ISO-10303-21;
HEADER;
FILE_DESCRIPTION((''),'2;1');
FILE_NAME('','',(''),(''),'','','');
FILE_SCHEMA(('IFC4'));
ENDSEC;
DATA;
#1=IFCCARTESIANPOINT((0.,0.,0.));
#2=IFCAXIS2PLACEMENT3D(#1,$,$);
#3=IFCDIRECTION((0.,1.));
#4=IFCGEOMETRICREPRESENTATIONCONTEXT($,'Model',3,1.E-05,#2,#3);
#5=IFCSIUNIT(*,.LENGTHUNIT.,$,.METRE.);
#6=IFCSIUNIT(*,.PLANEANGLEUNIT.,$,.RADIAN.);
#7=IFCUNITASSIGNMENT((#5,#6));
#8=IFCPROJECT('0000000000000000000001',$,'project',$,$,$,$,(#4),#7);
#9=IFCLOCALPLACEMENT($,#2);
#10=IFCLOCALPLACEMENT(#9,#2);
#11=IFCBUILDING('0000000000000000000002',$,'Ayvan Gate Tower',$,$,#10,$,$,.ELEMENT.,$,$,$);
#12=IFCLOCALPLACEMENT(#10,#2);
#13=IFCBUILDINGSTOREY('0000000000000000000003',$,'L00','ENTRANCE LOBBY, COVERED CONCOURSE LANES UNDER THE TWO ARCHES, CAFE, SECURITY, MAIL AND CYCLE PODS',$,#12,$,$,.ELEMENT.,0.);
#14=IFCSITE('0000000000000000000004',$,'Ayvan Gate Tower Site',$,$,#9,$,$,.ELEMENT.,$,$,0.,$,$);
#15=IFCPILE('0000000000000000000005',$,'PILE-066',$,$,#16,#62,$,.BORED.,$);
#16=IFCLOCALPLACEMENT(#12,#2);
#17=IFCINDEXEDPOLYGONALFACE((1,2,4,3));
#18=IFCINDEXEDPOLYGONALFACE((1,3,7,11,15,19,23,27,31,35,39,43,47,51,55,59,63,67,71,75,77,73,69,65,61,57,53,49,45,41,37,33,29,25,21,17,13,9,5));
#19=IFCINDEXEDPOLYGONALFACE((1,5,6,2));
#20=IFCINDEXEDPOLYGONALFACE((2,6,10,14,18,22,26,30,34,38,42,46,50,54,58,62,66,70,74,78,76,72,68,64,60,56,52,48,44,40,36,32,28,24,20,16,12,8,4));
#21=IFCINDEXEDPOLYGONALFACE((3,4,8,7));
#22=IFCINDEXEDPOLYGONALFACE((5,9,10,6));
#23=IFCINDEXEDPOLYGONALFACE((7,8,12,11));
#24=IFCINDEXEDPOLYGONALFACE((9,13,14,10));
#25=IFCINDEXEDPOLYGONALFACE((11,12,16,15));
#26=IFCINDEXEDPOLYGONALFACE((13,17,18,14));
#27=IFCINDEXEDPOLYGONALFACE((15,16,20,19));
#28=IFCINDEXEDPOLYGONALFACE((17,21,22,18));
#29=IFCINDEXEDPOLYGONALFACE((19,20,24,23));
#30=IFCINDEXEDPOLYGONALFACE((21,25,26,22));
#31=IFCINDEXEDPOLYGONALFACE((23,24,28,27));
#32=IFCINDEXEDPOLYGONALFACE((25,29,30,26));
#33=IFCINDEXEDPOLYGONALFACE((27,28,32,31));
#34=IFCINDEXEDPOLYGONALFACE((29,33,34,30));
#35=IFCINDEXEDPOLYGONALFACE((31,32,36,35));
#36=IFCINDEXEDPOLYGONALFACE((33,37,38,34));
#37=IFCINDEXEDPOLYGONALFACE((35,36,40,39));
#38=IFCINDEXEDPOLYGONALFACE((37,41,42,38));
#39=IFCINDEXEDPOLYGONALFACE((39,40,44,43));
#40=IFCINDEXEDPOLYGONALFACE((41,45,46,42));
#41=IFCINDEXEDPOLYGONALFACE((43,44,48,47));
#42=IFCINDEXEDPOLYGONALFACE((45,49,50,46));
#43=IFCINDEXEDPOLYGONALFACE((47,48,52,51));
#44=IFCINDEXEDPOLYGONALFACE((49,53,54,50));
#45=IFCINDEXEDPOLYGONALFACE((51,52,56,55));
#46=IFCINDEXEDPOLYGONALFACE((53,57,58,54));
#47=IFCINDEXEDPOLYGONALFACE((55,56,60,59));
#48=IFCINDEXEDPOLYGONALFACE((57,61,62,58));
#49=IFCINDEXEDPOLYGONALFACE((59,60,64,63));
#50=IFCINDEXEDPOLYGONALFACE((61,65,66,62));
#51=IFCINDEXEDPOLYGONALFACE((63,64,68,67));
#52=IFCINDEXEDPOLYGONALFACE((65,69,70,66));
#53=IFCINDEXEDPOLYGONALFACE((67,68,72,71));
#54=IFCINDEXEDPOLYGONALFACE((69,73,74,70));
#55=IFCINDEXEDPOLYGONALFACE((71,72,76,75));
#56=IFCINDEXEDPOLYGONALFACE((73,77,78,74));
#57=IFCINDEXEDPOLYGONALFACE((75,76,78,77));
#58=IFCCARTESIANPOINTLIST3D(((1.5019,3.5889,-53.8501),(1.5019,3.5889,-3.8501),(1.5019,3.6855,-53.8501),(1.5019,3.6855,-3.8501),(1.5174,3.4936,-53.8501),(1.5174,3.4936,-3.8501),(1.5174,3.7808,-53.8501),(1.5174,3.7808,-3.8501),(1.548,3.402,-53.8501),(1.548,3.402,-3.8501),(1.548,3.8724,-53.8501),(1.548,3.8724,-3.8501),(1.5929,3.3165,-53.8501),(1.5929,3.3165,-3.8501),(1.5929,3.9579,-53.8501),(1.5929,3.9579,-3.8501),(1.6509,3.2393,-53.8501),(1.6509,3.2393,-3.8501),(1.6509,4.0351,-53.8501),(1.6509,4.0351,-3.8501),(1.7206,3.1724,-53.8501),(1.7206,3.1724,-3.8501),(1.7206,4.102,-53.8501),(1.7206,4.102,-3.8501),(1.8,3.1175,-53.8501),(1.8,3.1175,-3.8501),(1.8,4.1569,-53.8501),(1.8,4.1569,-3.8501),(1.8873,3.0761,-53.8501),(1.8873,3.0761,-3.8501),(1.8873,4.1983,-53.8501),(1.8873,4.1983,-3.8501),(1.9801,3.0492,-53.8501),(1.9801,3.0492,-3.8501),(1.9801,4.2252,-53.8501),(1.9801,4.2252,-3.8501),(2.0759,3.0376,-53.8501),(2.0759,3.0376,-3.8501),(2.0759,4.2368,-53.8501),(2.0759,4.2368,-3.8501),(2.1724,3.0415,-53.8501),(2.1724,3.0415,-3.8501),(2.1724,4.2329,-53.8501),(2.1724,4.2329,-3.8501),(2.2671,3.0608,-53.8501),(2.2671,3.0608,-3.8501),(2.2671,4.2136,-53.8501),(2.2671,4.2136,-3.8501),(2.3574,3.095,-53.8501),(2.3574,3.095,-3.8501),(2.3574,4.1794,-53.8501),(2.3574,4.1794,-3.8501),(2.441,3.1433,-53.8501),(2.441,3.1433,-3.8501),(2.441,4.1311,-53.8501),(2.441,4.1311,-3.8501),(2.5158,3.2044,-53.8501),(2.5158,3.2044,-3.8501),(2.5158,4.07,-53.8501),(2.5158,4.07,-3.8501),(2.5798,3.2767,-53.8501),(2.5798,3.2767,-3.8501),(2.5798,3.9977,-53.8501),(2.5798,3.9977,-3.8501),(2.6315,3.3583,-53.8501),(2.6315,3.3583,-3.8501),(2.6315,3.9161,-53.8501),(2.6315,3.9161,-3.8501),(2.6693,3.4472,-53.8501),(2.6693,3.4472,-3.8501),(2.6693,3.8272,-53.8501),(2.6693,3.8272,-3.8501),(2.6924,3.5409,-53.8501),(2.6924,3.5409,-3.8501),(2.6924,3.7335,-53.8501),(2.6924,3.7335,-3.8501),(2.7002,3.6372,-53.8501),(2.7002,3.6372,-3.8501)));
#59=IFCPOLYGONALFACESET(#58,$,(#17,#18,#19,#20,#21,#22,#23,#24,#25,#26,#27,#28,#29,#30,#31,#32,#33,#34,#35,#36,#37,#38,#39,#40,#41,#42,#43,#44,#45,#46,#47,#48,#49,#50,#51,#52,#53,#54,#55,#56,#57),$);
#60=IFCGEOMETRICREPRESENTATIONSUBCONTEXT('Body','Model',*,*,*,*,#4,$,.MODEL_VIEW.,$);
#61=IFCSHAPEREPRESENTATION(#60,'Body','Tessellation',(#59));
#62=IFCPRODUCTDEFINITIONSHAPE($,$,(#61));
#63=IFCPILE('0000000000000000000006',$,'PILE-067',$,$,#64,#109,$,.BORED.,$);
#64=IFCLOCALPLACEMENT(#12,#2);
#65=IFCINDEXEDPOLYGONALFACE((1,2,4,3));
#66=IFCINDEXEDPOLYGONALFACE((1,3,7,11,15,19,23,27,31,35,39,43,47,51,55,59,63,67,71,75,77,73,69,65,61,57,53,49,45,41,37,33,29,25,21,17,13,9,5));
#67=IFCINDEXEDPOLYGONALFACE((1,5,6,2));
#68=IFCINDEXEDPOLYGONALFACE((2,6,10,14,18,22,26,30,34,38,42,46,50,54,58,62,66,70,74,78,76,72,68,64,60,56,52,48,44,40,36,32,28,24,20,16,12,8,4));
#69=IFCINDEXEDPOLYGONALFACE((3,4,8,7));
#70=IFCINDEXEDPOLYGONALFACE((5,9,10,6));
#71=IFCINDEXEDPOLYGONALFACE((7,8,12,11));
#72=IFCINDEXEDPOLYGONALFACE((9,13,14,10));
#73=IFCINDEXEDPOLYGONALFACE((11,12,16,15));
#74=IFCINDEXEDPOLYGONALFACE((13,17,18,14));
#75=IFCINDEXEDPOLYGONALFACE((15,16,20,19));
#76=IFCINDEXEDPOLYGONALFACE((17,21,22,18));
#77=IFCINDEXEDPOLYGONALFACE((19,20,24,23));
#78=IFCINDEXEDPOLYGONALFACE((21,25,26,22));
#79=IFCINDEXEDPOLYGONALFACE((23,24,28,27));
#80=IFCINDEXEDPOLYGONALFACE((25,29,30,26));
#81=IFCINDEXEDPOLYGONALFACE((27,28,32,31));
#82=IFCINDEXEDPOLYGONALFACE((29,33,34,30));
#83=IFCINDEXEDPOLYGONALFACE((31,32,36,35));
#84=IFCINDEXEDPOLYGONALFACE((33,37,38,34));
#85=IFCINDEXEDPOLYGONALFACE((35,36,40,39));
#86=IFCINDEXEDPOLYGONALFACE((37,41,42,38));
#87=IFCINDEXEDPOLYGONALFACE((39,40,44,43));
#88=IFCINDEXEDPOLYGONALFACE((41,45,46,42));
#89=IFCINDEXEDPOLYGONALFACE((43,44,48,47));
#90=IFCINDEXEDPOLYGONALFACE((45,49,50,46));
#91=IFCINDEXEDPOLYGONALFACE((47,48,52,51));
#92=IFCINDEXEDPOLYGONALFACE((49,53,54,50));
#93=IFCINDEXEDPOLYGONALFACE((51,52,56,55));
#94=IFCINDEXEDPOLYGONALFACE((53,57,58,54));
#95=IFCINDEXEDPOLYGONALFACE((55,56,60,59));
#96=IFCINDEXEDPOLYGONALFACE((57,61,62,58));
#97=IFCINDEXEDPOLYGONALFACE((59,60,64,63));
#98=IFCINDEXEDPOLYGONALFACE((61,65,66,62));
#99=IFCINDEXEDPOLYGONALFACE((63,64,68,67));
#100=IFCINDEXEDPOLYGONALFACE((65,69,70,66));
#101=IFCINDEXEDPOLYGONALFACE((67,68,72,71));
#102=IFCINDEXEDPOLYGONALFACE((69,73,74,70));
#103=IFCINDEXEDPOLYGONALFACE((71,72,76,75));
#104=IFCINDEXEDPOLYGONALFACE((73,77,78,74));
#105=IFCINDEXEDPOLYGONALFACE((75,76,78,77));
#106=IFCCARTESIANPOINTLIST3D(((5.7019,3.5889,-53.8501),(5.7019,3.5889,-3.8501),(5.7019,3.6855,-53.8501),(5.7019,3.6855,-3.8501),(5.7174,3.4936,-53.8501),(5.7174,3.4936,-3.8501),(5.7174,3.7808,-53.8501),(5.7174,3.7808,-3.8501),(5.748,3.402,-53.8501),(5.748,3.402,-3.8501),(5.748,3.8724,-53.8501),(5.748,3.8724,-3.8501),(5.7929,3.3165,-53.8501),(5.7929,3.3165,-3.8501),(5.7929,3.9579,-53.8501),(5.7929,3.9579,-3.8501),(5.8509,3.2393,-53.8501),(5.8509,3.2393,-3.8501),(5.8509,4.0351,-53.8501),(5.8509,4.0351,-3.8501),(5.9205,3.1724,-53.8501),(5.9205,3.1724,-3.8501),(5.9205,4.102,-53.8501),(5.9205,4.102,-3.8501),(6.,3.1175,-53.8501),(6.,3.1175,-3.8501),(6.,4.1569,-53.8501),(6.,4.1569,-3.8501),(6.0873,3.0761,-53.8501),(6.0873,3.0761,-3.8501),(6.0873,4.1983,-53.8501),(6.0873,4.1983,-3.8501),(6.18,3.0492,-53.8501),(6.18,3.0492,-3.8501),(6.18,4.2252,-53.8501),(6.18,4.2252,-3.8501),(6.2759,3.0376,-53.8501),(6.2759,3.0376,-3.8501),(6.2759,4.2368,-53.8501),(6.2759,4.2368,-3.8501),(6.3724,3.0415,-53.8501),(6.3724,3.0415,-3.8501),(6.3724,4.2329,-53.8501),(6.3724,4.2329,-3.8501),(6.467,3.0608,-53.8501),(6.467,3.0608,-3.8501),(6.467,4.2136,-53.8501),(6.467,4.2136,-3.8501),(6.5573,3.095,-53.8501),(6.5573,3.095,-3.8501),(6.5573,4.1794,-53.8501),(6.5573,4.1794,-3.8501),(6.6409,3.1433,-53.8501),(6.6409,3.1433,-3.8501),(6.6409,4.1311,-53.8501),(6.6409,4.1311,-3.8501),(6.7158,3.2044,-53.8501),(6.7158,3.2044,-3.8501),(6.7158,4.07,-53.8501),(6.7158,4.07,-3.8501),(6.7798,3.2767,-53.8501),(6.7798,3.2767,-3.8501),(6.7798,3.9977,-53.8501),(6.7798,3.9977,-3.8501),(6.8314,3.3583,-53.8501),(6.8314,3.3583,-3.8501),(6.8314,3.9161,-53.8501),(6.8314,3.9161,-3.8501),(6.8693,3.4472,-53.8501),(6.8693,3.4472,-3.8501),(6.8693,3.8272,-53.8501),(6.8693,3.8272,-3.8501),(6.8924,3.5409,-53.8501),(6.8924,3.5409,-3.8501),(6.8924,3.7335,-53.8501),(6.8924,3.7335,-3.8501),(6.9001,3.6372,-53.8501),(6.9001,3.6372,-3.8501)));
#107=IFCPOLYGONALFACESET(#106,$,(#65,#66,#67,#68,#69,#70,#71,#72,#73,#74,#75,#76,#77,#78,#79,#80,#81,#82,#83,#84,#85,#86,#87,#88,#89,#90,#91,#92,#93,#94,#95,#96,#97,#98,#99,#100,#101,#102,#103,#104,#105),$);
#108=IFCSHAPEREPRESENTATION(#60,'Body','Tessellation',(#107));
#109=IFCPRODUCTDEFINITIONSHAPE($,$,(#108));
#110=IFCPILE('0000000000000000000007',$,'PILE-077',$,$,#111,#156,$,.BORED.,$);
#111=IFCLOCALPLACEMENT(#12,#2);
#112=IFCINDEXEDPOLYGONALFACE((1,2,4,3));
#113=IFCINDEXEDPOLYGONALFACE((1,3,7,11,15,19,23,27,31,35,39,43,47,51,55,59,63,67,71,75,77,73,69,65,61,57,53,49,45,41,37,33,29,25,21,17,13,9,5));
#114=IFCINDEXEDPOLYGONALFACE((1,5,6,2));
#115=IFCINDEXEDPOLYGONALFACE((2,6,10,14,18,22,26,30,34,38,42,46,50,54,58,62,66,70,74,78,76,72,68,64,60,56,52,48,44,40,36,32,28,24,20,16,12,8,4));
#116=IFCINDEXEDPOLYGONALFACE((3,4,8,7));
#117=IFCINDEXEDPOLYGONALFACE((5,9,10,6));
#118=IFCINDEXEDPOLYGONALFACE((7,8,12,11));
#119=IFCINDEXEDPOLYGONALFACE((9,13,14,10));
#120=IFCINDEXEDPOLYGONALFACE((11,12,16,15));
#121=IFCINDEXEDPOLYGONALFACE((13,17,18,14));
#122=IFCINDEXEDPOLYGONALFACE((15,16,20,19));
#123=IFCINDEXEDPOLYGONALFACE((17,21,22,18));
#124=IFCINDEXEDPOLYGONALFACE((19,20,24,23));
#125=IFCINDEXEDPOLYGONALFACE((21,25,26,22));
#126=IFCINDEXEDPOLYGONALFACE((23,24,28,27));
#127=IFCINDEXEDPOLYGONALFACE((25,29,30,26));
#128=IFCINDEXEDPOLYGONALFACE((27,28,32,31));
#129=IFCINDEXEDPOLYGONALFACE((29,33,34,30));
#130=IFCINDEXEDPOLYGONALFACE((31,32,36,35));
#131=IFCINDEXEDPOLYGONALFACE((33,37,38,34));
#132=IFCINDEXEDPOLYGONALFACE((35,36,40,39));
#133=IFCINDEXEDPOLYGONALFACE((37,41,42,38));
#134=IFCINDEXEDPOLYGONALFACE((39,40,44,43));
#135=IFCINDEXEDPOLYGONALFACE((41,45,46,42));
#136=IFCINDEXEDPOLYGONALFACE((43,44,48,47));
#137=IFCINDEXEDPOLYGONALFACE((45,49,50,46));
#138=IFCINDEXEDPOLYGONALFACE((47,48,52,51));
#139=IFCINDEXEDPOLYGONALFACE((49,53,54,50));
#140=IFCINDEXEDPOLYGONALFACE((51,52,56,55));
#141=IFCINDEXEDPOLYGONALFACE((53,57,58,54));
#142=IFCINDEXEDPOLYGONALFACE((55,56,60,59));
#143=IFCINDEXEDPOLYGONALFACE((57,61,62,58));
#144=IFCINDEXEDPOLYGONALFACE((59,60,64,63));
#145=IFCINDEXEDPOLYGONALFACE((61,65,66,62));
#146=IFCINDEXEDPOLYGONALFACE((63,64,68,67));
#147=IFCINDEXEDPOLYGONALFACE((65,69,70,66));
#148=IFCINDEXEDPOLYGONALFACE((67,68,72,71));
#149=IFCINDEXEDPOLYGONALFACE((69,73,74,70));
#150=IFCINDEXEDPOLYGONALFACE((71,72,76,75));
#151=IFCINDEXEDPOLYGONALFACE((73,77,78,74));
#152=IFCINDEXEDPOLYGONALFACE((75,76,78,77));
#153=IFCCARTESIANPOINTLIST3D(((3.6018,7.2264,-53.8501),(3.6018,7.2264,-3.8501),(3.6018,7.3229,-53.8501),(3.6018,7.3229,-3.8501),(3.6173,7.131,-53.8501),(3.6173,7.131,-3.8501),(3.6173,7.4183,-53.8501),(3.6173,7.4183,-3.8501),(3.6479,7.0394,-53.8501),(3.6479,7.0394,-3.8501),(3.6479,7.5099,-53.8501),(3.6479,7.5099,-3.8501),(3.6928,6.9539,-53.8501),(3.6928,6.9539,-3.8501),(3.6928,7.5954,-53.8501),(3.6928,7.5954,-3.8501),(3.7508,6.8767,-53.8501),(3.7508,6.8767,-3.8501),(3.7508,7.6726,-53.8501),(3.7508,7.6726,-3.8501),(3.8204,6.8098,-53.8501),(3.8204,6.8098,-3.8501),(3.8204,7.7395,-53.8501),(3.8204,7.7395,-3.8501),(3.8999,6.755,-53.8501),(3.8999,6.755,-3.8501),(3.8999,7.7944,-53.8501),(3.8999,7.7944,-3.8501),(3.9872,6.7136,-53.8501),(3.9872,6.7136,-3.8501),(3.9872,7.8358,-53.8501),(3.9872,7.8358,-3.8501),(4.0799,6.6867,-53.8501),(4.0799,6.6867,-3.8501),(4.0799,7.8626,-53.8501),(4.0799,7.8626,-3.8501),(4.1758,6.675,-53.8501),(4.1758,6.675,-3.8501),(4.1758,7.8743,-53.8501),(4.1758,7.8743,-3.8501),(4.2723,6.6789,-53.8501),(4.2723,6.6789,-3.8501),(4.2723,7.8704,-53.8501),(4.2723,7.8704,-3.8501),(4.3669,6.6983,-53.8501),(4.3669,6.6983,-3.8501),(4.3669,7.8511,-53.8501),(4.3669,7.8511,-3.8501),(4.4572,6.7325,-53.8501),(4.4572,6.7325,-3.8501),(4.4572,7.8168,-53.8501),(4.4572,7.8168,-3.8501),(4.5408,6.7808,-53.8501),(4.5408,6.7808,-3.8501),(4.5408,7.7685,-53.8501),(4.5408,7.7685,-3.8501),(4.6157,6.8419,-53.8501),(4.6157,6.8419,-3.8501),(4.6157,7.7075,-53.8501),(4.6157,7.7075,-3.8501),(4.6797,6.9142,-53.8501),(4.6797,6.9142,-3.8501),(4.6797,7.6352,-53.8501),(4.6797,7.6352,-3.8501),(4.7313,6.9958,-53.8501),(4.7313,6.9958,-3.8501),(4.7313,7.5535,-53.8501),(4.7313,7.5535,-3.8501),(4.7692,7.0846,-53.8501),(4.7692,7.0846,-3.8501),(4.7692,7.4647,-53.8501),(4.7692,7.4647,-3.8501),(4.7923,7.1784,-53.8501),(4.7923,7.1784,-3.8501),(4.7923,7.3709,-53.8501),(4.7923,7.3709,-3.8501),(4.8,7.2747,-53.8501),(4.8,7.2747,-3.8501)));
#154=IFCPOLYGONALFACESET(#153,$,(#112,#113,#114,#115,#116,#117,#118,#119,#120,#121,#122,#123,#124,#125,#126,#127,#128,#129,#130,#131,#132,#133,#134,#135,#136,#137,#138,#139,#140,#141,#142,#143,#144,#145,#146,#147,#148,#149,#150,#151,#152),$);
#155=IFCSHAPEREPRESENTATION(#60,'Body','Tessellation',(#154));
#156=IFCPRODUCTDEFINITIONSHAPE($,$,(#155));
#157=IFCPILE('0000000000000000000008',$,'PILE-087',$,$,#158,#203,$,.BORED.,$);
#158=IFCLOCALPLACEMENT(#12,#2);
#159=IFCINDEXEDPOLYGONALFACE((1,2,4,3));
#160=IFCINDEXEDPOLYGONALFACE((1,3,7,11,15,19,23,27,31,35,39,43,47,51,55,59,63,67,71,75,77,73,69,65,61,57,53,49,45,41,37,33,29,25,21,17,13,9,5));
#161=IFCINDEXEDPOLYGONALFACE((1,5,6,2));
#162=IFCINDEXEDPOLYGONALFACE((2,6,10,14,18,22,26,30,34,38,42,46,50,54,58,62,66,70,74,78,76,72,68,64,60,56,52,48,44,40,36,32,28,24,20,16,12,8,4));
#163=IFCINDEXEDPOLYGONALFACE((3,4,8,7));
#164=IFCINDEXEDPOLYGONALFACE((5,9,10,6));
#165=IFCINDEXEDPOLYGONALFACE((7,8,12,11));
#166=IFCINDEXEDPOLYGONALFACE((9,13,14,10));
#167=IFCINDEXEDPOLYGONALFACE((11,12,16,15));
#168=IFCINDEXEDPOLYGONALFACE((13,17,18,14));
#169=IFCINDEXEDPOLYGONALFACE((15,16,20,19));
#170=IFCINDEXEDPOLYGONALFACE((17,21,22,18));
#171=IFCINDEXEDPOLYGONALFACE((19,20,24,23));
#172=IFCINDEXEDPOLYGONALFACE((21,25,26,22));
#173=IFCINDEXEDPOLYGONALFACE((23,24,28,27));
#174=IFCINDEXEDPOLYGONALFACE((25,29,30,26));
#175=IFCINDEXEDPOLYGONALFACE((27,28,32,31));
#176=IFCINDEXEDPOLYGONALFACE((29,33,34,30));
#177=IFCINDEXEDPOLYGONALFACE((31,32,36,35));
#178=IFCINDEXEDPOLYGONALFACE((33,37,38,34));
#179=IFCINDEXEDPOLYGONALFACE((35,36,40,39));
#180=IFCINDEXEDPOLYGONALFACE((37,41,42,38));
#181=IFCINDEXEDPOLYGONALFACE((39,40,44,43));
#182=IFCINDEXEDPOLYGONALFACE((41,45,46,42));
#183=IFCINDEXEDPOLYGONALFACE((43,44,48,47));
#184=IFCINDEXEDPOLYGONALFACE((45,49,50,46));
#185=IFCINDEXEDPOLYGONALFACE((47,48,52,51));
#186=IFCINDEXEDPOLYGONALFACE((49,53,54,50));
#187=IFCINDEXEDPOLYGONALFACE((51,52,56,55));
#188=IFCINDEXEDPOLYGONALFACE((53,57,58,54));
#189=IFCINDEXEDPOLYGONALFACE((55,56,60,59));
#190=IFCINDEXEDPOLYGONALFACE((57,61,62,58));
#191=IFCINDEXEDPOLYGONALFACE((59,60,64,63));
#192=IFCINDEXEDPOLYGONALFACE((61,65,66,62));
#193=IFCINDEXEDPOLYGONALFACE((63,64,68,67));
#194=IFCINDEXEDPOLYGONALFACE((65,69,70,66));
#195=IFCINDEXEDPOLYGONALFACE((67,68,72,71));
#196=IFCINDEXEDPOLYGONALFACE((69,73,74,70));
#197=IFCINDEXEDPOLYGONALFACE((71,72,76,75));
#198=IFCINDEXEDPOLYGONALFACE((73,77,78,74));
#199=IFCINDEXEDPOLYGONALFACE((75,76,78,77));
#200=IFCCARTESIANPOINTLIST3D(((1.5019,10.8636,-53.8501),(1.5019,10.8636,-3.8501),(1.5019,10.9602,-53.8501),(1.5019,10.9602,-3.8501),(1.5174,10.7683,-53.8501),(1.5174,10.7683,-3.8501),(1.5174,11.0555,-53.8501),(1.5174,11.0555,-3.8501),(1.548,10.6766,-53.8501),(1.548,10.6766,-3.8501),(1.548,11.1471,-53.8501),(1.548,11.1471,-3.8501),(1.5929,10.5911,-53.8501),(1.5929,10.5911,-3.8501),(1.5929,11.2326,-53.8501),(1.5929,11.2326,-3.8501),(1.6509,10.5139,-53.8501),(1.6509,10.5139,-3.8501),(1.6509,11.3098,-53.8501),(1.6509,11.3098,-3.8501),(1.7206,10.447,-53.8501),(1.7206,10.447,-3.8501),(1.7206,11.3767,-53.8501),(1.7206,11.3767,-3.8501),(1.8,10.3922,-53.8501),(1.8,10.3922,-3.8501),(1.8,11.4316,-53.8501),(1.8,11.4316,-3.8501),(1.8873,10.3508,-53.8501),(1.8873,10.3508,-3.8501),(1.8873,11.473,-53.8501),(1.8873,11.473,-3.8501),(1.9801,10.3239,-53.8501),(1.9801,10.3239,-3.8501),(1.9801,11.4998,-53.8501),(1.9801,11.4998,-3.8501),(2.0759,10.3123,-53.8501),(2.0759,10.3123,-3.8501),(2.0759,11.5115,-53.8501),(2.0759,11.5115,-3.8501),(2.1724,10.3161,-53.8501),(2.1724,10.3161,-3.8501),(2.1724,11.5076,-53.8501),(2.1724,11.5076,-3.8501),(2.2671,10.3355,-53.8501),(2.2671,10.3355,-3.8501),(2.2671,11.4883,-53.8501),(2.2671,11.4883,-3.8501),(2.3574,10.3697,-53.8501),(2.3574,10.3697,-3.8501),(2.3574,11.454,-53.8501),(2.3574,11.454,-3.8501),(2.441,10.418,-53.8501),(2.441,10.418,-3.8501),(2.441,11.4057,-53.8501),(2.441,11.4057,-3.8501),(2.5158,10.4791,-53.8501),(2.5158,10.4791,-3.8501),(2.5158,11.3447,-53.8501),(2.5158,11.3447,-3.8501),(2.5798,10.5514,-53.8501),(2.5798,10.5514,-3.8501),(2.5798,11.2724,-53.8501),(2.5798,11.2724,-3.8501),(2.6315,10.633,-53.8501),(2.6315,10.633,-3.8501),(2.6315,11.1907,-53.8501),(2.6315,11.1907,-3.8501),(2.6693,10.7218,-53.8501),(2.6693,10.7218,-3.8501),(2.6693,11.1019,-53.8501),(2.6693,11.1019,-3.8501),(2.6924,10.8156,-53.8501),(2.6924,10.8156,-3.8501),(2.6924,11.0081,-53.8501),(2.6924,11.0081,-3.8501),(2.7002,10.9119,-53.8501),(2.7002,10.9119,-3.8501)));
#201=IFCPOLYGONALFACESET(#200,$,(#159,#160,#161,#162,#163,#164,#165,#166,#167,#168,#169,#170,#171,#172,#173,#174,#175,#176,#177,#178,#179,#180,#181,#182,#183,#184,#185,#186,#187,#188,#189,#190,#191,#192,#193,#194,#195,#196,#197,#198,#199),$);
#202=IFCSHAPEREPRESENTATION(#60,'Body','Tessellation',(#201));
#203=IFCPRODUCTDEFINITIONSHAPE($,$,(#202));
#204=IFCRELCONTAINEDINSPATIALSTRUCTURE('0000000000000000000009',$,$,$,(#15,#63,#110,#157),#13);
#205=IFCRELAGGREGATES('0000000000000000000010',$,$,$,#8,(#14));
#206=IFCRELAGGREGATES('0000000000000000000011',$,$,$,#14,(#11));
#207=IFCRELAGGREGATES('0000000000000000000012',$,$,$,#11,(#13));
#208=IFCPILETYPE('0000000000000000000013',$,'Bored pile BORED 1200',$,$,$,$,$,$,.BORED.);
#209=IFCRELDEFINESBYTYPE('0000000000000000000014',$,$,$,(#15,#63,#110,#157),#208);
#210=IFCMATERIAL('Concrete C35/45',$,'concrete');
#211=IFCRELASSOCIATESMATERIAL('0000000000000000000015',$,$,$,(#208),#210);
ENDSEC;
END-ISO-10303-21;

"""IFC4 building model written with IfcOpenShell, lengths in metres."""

from ifc_helpers import new_model, si_unit, direction, frame, origin, origin_2d, place, context, subcontext, project, spatial, circle, extrude, material, material_profile, profile_set, type_object, element, save


model = new_model("IFC4")

# Units and contexts
model_context = context("Model", 3, precision=1e-05, world=origin(), true_north=direction((0.0, 1.0)))
body_context = subcontext(model_context, "Body", "Model", "MODEL_VIEW")
ifc_project = project(units=[si_unit("LENGTHUNIT", "METRE"), si_unit("PLANEANGLEUNIT", "RADIAN")], contexts=[model_context])

# Site, building, storey
site_placement = place(None, origin())
site = spatial("IfcSite", under=ifc_project, at=site_placement, Name="Ayvan Gate Tower Site", CompositionType="ELEMENT", RefElevation=0.0)
building_placement = place(site_placement, origin())
building = spatial("IfcBuilding", under=site, at=building_placement, Name="Ayvan Gate Tower", CompositionType="ELEMENT")
storey_placement = place(building_placement, origin())
storey = spatial("IfcBuildingStorey", under=building, at=storey_placement, Name="L00", Description="ENTRANCE LOBBY, COVERED CONCOURSE LANES UNDER THE TWO ARCHES, CAFE, SECURITY, MAIL AND CYCLE PODS", CompositionType="ELEMENT", Elevation=0.0)

# Piles
ifc_material_1 = material(Name="Concrete C35/45", Category="concrete")
ifc_material_profile = material_profile(ifc_material_1, circle(Radius=0.6001, at=origin_2d()), Name="BORED 1200")
ifc_profile_set = profile_set([ifc_material_profile], Name="Concrete C35/45")
pile_type = type_object("IfcPileType", Name="Bored pile BORED 1200", PredefinedType="BORED", material=ifc_profile_set)
for number, where, z_axis, x_axis, name in (
    (1, (2.1001, 3.6372, -3.8501), (0.0, 0.0, -1.0), (1.0, 0.0, 0.0), "PILE-066"),
    (2, (6.3, 3.6372, -3.8501), (0.0, 0.0, -1.0), (1.0, 0.0, 0.0), "PILE-067"),
    (3, (4.2, 7.2747, -3.8501), (0.0, 0.0, -1.0), (1.0, 0.0, 0.0), "PILE-077"),
    (4, (2.1001, 10.9119, -3.8501), (0.0, 0.0, -1.0), (1.0, 0.0, 0.0), "PILE-087"),
):
    element("IfcPile", number, at=place(storey_placement, frame(where, z_axis=z_axis, x_axis=x_axis)), inside=storey, type_object=pile_type, Name=name, PredefinedType="BORED", context=body_context, shape_type="SweptSolid", body=[
        extrude(circle(Radius=0.6001, at=origin_2d()), origin(), (0.0, 0.0, 1.0), 50.0),
    ])

save(model, "model.ifc")
